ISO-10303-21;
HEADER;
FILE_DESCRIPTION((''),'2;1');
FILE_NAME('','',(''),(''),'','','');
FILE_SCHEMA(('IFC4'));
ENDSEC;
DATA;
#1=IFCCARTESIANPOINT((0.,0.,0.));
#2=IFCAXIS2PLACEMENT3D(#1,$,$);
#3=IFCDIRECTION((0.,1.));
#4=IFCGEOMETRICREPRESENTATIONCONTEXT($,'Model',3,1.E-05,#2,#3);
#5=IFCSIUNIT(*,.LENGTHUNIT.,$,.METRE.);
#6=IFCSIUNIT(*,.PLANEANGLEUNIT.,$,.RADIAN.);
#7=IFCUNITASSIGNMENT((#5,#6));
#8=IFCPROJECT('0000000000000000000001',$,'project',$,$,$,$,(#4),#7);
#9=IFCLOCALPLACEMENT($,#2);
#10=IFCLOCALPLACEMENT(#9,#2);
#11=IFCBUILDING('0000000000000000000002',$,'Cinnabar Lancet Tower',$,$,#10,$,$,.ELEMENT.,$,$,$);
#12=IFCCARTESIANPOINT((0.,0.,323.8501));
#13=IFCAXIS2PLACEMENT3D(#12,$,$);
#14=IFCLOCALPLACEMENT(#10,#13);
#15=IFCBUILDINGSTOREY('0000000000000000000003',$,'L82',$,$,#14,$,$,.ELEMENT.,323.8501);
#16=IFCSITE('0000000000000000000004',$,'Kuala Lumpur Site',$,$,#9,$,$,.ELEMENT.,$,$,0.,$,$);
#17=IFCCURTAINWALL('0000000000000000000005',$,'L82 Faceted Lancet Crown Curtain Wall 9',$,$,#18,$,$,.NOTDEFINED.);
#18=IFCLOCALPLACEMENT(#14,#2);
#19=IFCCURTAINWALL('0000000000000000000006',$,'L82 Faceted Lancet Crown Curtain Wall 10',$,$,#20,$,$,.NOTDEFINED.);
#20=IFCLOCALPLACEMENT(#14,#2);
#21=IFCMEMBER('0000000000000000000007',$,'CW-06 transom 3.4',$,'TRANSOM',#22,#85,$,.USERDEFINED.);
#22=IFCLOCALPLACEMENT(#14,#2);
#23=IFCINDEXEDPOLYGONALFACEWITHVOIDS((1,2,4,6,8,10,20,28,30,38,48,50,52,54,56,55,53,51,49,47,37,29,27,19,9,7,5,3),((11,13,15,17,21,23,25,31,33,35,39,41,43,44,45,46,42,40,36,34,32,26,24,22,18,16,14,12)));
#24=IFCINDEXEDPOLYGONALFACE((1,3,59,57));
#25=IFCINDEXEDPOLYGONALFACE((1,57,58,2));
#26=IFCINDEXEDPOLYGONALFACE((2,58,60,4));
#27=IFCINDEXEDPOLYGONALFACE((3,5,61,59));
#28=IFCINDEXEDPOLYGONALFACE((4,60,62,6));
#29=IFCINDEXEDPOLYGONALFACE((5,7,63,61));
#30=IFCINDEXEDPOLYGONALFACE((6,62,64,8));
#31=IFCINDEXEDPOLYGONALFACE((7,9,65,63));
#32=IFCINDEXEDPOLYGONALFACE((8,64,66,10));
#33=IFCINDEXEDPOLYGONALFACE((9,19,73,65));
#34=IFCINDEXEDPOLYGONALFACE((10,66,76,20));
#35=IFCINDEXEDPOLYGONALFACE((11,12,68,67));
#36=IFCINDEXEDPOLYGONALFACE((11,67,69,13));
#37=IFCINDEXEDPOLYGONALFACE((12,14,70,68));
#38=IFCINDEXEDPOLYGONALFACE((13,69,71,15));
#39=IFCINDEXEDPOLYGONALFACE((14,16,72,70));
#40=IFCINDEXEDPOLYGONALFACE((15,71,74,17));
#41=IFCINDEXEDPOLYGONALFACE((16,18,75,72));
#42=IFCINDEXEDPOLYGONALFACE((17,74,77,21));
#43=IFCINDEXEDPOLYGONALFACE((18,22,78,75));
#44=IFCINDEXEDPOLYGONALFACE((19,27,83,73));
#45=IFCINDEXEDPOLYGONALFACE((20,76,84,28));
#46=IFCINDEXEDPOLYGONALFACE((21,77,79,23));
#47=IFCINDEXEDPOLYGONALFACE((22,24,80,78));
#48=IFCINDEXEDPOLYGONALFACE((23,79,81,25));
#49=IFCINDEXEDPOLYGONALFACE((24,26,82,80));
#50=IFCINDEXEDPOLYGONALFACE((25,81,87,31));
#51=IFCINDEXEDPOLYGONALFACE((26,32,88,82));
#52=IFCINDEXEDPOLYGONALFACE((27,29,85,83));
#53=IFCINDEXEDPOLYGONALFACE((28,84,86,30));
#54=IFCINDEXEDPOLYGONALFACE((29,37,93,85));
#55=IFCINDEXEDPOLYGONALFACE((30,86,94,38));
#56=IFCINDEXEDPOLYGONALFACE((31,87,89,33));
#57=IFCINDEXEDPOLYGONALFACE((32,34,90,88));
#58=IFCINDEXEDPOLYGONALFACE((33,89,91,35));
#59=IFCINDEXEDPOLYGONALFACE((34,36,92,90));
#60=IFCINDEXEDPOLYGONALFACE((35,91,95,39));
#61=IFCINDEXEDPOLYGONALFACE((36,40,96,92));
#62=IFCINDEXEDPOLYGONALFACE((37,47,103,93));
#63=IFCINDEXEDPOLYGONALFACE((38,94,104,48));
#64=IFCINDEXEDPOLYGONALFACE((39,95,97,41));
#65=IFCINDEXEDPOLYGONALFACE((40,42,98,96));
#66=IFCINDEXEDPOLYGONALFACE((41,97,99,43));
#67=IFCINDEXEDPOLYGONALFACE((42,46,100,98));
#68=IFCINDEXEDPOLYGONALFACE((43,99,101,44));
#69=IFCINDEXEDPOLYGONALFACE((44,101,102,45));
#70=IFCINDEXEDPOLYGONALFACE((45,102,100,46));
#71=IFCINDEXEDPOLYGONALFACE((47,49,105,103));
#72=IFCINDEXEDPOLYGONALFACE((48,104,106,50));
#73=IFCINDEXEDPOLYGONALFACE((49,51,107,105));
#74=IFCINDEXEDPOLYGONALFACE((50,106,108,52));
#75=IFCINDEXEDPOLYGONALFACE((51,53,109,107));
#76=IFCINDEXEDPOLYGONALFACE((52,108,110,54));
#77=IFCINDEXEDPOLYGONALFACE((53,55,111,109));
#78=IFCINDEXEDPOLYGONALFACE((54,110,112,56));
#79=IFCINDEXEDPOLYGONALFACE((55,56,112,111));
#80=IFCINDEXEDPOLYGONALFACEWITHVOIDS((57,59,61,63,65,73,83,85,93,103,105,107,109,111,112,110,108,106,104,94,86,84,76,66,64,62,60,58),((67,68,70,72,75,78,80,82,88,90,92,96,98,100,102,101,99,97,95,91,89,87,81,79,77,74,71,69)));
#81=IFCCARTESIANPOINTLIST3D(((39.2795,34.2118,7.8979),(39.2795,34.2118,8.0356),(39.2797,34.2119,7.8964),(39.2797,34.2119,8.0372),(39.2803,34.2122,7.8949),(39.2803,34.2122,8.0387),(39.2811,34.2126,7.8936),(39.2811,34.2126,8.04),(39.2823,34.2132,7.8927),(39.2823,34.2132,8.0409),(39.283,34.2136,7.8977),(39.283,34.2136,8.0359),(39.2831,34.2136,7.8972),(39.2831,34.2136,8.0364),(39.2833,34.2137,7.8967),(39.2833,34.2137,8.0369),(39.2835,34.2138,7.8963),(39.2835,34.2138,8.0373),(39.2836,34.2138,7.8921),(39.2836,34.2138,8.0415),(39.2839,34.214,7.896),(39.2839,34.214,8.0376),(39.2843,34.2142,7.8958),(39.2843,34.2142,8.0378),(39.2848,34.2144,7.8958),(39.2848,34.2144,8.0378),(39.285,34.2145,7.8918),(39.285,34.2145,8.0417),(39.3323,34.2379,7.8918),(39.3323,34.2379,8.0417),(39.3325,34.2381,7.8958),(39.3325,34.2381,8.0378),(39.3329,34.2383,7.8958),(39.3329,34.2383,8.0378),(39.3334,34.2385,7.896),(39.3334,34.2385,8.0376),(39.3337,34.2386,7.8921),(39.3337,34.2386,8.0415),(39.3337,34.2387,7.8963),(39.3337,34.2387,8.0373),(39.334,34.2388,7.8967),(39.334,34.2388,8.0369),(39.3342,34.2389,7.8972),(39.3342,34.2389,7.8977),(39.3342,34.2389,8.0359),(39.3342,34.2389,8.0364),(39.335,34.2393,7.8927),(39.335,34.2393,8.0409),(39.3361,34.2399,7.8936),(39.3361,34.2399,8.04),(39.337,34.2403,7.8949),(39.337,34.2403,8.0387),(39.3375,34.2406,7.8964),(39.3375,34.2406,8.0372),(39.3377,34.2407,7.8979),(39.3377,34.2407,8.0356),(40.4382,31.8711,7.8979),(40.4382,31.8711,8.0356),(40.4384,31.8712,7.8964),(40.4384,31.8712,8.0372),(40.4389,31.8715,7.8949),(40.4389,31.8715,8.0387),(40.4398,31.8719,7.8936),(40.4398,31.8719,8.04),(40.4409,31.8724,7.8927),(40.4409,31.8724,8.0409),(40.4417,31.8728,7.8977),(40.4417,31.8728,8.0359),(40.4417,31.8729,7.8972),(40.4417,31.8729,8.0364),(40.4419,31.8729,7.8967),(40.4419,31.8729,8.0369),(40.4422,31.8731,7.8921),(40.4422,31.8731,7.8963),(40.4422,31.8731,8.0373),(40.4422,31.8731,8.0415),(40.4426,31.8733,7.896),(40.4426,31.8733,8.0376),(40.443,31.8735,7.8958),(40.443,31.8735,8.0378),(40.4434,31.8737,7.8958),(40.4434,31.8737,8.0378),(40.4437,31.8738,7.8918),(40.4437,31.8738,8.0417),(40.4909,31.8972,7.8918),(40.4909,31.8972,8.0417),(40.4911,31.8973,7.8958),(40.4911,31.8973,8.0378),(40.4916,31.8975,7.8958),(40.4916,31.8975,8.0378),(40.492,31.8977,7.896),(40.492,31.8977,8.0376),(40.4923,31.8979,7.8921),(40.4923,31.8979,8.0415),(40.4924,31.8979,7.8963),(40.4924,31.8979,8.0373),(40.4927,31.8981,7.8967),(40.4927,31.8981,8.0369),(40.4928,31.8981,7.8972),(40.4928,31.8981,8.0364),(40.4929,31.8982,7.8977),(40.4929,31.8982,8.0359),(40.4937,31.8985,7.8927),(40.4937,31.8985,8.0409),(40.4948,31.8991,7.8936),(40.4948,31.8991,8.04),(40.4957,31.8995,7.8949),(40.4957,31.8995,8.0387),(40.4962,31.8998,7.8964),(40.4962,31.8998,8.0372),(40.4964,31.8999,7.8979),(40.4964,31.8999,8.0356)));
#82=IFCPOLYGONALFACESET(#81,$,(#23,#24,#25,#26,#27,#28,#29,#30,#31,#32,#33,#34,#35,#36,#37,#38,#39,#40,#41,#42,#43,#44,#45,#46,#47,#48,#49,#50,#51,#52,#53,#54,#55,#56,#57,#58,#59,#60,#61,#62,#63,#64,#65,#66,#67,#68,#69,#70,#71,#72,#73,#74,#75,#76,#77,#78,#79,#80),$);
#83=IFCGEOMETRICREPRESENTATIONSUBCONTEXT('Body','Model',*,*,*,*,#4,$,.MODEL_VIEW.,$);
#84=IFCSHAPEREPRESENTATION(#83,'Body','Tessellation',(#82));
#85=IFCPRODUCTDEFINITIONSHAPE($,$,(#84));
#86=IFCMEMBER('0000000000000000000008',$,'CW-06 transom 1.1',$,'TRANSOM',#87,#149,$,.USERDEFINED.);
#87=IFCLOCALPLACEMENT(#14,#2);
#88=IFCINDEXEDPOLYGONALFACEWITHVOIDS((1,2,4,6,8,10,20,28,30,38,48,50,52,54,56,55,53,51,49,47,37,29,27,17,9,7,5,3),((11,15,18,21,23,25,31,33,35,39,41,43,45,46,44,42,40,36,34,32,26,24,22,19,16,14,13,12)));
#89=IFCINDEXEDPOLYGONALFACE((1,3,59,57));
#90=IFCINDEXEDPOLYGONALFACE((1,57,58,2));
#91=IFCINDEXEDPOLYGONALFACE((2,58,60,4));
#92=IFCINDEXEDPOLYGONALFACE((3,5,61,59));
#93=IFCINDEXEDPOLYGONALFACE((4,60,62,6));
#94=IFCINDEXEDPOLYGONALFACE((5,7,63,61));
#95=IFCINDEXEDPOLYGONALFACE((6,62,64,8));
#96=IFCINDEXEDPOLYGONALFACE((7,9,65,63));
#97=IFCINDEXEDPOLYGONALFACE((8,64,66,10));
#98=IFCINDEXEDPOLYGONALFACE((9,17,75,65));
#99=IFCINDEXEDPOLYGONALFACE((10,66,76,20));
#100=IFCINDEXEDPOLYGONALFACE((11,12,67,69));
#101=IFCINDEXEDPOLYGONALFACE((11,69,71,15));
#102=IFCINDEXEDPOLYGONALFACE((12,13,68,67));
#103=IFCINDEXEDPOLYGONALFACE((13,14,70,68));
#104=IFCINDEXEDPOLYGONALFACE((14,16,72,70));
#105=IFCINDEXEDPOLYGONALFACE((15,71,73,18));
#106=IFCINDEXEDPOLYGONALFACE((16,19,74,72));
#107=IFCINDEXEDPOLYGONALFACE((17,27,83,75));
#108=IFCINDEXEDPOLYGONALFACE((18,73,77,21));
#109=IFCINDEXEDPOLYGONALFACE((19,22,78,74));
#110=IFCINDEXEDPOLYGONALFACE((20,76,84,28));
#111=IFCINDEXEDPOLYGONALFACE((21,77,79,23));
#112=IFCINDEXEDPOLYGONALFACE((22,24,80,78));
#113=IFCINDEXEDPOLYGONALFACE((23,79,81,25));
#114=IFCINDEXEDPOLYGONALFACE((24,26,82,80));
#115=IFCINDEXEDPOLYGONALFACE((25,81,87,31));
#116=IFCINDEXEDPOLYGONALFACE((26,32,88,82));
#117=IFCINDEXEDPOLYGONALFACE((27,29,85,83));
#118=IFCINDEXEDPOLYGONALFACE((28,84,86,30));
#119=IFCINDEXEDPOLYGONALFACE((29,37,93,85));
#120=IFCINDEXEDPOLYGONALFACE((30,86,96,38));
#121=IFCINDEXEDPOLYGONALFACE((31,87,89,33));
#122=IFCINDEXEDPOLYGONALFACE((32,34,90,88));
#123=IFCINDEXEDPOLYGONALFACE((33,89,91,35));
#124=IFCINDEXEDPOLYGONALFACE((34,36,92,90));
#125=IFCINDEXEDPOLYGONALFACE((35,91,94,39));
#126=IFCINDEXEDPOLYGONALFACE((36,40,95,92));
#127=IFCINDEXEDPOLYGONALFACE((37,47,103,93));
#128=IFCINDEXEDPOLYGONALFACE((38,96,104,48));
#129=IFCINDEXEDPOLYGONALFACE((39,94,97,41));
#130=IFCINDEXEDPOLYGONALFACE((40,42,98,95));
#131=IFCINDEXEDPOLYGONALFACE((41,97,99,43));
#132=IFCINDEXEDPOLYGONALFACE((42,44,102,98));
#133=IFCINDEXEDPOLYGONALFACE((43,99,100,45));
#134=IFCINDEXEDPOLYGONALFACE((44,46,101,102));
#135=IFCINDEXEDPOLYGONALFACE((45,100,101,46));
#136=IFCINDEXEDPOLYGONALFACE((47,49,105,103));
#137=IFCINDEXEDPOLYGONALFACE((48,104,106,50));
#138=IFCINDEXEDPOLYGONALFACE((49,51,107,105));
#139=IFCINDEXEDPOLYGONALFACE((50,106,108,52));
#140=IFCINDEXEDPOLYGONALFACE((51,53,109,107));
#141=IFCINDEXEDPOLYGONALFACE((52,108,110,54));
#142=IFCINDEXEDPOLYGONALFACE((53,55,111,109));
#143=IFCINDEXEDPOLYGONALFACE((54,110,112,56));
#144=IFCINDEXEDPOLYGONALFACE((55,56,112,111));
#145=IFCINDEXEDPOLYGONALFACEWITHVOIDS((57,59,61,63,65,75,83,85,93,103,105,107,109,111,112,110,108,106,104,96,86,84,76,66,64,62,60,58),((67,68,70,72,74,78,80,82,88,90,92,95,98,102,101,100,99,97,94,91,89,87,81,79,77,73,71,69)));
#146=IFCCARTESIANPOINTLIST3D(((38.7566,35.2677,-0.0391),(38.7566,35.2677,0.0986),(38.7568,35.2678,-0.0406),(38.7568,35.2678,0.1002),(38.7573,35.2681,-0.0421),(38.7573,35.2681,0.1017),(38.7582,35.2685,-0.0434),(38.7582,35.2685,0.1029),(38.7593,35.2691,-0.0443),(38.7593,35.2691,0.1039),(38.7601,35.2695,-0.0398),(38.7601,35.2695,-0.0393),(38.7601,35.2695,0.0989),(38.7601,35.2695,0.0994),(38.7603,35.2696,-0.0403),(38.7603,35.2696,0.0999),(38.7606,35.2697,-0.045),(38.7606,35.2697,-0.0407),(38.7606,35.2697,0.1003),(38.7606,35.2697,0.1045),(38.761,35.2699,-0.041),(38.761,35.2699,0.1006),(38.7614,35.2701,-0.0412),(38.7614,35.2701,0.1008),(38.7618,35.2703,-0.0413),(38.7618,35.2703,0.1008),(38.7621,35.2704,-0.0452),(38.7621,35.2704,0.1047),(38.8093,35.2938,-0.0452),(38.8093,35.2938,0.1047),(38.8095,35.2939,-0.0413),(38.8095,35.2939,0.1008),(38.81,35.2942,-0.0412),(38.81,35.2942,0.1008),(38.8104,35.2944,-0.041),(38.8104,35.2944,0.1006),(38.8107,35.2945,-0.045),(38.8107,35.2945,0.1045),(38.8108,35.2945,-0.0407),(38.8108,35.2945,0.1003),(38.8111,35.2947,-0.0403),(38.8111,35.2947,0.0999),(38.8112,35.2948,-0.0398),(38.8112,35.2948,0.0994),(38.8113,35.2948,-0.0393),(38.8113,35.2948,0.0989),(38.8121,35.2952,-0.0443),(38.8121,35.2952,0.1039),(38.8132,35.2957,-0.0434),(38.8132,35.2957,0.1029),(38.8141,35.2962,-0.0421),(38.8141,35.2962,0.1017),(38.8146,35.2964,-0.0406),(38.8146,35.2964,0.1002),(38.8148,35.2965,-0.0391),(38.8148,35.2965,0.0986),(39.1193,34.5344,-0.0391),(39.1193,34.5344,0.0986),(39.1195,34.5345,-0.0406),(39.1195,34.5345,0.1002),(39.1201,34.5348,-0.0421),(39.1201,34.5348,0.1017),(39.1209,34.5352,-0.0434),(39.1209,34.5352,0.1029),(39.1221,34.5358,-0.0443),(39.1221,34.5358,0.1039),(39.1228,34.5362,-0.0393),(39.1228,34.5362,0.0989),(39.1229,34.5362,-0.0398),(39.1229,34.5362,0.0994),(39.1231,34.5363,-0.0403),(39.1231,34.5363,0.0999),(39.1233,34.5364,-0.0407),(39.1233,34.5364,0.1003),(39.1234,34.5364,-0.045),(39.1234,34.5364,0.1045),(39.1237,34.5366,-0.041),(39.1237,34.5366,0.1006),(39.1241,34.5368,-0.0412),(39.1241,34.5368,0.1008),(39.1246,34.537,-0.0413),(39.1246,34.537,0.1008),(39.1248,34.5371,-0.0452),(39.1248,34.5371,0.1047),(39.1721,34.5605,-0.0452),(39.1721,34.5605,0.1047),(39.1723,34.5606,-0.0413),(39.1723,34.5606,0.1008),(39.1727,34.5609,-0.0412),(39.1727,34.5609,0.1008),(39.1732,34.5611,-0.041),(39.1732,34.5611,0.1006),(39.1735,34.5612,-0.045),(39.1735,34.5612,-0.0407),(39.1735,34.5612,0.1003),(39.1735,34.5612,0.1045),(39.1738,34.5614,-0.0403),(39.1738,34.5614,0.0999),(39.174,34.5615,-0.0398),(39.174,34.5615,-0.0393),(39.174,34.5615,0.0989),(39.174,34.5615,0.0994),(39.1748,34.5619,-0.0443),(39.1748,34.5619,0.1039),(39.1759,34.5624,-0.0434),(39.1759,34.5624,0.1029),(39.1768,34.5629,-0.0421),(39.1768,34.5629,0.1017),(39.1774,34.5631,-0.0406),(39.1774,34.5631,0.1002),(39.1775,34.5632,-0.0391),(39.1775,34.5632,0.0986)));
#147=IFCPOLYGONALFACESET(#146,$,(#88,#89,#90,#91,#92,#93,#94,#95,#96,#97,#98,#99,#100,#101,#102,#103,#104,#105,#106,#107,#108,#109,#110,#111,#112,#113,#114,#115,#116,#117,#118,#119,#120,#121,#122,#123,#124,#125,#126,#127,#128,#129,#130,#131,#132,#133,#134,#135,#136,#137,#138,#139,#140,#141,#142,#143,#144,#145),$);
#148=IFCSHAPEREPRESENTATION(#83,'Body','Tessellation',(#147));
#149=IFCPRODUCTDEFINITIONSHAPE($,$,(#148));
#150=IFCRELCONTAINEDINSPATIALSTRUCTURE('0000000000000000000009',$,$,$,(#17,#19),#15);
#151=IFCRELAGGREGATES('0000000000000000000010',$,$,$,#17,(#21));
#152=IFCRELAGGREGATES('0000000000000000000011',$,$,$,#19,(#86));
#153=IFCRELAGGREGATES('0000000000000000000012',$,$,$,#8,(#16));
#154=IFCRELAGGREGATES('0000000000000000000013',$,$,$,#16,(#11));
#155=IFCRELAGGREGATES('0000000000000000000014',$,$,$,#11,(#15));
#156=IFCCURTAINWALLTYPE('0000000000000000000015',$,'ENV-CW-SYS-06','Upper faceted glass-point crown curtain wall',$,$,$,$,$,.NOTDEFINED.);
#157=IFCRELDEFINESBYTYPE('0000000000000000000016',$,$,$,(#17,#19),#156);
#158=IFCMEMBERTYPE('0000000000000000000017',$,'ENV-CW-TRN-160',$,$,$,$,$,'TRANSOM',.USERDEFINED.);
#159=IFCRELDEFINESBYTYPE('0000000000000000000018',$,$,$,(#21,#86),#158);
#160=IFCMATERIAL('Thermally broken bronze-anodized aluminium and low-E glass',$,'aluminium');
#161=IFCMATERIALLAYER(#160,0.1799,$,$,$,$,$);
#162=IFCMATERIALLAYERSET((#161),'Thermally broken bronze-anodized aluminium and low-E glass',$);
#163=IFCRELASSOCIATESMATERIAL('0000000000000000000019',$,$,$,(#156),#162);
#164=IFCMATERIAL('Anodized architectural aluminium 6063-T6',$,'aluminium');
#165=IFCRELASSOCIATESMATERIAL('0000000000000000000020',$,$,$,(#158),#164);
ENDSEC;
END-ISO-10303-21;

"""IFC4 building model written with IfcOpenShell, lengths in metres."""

from ifc_helpers import new_model, si_unit, direction, frame, origin, origin_2d, place, context, subcontext, project, spatial, hollow_rectangle, extrude, material, layer, layer_set, material_profile, profile_set, type_object, element, aggregate, save


model = new_model("IFC4")

# Units and contexts
model_context = context("Model", 3, precision=1e-05, world=origin(), true_north=direction((0.0, 1.0)))
body_context = subcontext(model_context, "Body", "Model", "MODEL_VIEW")
ifc_project = project(units=[si_unit("LENGTHUNIT", "METRE"), si_unit("PLANEANGLEUNIT", "RADIAN")], contexts=[model_context])

# Site, building, storey
site_placement = place(None, origin())
site = spatial("IfcSite", under=ifc_project, at=site_placement, Name="Kuala Lumpur Site", CompositionType="ELEMENT", RefElevation=0.0)
building_placement = place(site_placement, origin())
building = spatial("IfcBuilding", under=site, at=building_placement, Name="Cinnabar Lancet Tower", CompositionType="ELEMENT")
storey_placement = place(building_placement, frame((0.0, 0.0, 323.8501)))
storey = spatial("IfcBuildingStorey", under=building, at=storey_placement, Name="L82", CompositionType="ELEMENT", Elevation=323.8501)

# Curtain wall
ifc_material_1 = material(Name="Thermally broken bronze-anodized aluminium and low-E glass", Category="aluminium")
ifc_layer_1 = layer(ifc_material_1, 0.1799)
ifc_layer_set_1 = layer_set([ifc_layer_1], Name="Thermally broken bronze-anodized aluminium and low-E glass")
curtain_wall_type = type_object("IfcCurtainWallType", Name="ENV-CW-SYS-06", Description="Upper faceted glass-point crown curtain wall", PredefinedType="NOTDEFINED", material=ifc_layer_set_1)
curtain_wall_1_placement = place(storey_placement, origin())
curtain_wall_1 = element("IfcCurtainWall", 1, at=curtain_wall_1_placement, inside=storey, type_object=curtain_wall_type, Name="L82 Faceted Lancet Crown Curtain Wall 9", PredefinedType="NOTDEFINED")

# Curtain wall
curtain_wall_2_placement = place(storey_placement, origin())
curtain_wall_2 = element("IfcCurtainWall", 2, at=curtain_wall_2_placement, inside=storey, type_object=curtain_wall_type, Name="L82 Faceted Lancet Crown Curtain Wall 10", PredefinedType="NOTDEFINED")

# Members
ifc_material_2 = material(Name="Anodized architectural aluminium 6063-T6", Category="aluminium")
ifc_material_profile_1 = material_profile(ifc_material_2, hollow_rectangle(XDim=0.0649, YDim=0.1499, WallThickness=0.0039, InnerFilletRadius=0.002, OuterFilletRadius=0.0061, at=origin_2d()), Name="CW-TRN 150x65x4")
ifc_profile_set_1 = profile_set([ifc_material_profile_1], Name="Anodized architectural aluminium 6063-T6")
member_type_1 = type_object("IfcMemberType", Name="ENV-CW-TRN-160", ElementType="TRANSOM", PredefinedType="USERDEFINED", material=ifc_profile_set_1)
member_1_placement = place(storey_placement, frame((40.4673, 31.8855, 7.9668), z_axis=(-0.443621, 0.896215, 0.0), x_axis=(-0.896215, -0.443621, 0.0)))
member_1 = element("IfcMember", 3, at=member_1_placement, type_object=member_type_1, Name="CW-06 transom 3.4", ObjectType="TRANSOM", PredefinedType="USERDEFINED", context=body_context, shape_type="SweptSolid", body=[
    extrude(hollow_rectangle(XDim=0.0649, YDim=0.1499, WallThickness=0.0039, InnerFilletRadius=0.002, OuterFilletRadius=0.0061, at=origin_2d()), origin(), (0.0, 0.0, 1.0), 2.6118),
])
member_2_placement = place(storey_placement, frame((39.1484, 34.5488, 0.0298), z_axis=(-0.44339, 0.896329, 0.0), x_axis=(-0.896329, -0.44339, 0.0)))
member_2 = element("IfcMember", 4, at=member_2_placement, type_object=member_type_1, Name="CW-06 transom 1.1", ObjectType="TRANSOM", PredefinedType="USERDEFINED", context=body_context, shape_type="SweptSolid", body=[
    extrude(hollow_rectangle(XDim=0.0649, YDim=0.1499, WallThickness=0.0039, InnerFilletRadius=0.002, OuterFilletRadius=0.0061, at=origin_2d()), origin(), (0.0, 0.0, 1.0), 0.8181),
])

aggregate(curtain_wall_1, [member_1])
aggregate(curtain_wall_2, [member_2])

save(model, "model.ifc")
